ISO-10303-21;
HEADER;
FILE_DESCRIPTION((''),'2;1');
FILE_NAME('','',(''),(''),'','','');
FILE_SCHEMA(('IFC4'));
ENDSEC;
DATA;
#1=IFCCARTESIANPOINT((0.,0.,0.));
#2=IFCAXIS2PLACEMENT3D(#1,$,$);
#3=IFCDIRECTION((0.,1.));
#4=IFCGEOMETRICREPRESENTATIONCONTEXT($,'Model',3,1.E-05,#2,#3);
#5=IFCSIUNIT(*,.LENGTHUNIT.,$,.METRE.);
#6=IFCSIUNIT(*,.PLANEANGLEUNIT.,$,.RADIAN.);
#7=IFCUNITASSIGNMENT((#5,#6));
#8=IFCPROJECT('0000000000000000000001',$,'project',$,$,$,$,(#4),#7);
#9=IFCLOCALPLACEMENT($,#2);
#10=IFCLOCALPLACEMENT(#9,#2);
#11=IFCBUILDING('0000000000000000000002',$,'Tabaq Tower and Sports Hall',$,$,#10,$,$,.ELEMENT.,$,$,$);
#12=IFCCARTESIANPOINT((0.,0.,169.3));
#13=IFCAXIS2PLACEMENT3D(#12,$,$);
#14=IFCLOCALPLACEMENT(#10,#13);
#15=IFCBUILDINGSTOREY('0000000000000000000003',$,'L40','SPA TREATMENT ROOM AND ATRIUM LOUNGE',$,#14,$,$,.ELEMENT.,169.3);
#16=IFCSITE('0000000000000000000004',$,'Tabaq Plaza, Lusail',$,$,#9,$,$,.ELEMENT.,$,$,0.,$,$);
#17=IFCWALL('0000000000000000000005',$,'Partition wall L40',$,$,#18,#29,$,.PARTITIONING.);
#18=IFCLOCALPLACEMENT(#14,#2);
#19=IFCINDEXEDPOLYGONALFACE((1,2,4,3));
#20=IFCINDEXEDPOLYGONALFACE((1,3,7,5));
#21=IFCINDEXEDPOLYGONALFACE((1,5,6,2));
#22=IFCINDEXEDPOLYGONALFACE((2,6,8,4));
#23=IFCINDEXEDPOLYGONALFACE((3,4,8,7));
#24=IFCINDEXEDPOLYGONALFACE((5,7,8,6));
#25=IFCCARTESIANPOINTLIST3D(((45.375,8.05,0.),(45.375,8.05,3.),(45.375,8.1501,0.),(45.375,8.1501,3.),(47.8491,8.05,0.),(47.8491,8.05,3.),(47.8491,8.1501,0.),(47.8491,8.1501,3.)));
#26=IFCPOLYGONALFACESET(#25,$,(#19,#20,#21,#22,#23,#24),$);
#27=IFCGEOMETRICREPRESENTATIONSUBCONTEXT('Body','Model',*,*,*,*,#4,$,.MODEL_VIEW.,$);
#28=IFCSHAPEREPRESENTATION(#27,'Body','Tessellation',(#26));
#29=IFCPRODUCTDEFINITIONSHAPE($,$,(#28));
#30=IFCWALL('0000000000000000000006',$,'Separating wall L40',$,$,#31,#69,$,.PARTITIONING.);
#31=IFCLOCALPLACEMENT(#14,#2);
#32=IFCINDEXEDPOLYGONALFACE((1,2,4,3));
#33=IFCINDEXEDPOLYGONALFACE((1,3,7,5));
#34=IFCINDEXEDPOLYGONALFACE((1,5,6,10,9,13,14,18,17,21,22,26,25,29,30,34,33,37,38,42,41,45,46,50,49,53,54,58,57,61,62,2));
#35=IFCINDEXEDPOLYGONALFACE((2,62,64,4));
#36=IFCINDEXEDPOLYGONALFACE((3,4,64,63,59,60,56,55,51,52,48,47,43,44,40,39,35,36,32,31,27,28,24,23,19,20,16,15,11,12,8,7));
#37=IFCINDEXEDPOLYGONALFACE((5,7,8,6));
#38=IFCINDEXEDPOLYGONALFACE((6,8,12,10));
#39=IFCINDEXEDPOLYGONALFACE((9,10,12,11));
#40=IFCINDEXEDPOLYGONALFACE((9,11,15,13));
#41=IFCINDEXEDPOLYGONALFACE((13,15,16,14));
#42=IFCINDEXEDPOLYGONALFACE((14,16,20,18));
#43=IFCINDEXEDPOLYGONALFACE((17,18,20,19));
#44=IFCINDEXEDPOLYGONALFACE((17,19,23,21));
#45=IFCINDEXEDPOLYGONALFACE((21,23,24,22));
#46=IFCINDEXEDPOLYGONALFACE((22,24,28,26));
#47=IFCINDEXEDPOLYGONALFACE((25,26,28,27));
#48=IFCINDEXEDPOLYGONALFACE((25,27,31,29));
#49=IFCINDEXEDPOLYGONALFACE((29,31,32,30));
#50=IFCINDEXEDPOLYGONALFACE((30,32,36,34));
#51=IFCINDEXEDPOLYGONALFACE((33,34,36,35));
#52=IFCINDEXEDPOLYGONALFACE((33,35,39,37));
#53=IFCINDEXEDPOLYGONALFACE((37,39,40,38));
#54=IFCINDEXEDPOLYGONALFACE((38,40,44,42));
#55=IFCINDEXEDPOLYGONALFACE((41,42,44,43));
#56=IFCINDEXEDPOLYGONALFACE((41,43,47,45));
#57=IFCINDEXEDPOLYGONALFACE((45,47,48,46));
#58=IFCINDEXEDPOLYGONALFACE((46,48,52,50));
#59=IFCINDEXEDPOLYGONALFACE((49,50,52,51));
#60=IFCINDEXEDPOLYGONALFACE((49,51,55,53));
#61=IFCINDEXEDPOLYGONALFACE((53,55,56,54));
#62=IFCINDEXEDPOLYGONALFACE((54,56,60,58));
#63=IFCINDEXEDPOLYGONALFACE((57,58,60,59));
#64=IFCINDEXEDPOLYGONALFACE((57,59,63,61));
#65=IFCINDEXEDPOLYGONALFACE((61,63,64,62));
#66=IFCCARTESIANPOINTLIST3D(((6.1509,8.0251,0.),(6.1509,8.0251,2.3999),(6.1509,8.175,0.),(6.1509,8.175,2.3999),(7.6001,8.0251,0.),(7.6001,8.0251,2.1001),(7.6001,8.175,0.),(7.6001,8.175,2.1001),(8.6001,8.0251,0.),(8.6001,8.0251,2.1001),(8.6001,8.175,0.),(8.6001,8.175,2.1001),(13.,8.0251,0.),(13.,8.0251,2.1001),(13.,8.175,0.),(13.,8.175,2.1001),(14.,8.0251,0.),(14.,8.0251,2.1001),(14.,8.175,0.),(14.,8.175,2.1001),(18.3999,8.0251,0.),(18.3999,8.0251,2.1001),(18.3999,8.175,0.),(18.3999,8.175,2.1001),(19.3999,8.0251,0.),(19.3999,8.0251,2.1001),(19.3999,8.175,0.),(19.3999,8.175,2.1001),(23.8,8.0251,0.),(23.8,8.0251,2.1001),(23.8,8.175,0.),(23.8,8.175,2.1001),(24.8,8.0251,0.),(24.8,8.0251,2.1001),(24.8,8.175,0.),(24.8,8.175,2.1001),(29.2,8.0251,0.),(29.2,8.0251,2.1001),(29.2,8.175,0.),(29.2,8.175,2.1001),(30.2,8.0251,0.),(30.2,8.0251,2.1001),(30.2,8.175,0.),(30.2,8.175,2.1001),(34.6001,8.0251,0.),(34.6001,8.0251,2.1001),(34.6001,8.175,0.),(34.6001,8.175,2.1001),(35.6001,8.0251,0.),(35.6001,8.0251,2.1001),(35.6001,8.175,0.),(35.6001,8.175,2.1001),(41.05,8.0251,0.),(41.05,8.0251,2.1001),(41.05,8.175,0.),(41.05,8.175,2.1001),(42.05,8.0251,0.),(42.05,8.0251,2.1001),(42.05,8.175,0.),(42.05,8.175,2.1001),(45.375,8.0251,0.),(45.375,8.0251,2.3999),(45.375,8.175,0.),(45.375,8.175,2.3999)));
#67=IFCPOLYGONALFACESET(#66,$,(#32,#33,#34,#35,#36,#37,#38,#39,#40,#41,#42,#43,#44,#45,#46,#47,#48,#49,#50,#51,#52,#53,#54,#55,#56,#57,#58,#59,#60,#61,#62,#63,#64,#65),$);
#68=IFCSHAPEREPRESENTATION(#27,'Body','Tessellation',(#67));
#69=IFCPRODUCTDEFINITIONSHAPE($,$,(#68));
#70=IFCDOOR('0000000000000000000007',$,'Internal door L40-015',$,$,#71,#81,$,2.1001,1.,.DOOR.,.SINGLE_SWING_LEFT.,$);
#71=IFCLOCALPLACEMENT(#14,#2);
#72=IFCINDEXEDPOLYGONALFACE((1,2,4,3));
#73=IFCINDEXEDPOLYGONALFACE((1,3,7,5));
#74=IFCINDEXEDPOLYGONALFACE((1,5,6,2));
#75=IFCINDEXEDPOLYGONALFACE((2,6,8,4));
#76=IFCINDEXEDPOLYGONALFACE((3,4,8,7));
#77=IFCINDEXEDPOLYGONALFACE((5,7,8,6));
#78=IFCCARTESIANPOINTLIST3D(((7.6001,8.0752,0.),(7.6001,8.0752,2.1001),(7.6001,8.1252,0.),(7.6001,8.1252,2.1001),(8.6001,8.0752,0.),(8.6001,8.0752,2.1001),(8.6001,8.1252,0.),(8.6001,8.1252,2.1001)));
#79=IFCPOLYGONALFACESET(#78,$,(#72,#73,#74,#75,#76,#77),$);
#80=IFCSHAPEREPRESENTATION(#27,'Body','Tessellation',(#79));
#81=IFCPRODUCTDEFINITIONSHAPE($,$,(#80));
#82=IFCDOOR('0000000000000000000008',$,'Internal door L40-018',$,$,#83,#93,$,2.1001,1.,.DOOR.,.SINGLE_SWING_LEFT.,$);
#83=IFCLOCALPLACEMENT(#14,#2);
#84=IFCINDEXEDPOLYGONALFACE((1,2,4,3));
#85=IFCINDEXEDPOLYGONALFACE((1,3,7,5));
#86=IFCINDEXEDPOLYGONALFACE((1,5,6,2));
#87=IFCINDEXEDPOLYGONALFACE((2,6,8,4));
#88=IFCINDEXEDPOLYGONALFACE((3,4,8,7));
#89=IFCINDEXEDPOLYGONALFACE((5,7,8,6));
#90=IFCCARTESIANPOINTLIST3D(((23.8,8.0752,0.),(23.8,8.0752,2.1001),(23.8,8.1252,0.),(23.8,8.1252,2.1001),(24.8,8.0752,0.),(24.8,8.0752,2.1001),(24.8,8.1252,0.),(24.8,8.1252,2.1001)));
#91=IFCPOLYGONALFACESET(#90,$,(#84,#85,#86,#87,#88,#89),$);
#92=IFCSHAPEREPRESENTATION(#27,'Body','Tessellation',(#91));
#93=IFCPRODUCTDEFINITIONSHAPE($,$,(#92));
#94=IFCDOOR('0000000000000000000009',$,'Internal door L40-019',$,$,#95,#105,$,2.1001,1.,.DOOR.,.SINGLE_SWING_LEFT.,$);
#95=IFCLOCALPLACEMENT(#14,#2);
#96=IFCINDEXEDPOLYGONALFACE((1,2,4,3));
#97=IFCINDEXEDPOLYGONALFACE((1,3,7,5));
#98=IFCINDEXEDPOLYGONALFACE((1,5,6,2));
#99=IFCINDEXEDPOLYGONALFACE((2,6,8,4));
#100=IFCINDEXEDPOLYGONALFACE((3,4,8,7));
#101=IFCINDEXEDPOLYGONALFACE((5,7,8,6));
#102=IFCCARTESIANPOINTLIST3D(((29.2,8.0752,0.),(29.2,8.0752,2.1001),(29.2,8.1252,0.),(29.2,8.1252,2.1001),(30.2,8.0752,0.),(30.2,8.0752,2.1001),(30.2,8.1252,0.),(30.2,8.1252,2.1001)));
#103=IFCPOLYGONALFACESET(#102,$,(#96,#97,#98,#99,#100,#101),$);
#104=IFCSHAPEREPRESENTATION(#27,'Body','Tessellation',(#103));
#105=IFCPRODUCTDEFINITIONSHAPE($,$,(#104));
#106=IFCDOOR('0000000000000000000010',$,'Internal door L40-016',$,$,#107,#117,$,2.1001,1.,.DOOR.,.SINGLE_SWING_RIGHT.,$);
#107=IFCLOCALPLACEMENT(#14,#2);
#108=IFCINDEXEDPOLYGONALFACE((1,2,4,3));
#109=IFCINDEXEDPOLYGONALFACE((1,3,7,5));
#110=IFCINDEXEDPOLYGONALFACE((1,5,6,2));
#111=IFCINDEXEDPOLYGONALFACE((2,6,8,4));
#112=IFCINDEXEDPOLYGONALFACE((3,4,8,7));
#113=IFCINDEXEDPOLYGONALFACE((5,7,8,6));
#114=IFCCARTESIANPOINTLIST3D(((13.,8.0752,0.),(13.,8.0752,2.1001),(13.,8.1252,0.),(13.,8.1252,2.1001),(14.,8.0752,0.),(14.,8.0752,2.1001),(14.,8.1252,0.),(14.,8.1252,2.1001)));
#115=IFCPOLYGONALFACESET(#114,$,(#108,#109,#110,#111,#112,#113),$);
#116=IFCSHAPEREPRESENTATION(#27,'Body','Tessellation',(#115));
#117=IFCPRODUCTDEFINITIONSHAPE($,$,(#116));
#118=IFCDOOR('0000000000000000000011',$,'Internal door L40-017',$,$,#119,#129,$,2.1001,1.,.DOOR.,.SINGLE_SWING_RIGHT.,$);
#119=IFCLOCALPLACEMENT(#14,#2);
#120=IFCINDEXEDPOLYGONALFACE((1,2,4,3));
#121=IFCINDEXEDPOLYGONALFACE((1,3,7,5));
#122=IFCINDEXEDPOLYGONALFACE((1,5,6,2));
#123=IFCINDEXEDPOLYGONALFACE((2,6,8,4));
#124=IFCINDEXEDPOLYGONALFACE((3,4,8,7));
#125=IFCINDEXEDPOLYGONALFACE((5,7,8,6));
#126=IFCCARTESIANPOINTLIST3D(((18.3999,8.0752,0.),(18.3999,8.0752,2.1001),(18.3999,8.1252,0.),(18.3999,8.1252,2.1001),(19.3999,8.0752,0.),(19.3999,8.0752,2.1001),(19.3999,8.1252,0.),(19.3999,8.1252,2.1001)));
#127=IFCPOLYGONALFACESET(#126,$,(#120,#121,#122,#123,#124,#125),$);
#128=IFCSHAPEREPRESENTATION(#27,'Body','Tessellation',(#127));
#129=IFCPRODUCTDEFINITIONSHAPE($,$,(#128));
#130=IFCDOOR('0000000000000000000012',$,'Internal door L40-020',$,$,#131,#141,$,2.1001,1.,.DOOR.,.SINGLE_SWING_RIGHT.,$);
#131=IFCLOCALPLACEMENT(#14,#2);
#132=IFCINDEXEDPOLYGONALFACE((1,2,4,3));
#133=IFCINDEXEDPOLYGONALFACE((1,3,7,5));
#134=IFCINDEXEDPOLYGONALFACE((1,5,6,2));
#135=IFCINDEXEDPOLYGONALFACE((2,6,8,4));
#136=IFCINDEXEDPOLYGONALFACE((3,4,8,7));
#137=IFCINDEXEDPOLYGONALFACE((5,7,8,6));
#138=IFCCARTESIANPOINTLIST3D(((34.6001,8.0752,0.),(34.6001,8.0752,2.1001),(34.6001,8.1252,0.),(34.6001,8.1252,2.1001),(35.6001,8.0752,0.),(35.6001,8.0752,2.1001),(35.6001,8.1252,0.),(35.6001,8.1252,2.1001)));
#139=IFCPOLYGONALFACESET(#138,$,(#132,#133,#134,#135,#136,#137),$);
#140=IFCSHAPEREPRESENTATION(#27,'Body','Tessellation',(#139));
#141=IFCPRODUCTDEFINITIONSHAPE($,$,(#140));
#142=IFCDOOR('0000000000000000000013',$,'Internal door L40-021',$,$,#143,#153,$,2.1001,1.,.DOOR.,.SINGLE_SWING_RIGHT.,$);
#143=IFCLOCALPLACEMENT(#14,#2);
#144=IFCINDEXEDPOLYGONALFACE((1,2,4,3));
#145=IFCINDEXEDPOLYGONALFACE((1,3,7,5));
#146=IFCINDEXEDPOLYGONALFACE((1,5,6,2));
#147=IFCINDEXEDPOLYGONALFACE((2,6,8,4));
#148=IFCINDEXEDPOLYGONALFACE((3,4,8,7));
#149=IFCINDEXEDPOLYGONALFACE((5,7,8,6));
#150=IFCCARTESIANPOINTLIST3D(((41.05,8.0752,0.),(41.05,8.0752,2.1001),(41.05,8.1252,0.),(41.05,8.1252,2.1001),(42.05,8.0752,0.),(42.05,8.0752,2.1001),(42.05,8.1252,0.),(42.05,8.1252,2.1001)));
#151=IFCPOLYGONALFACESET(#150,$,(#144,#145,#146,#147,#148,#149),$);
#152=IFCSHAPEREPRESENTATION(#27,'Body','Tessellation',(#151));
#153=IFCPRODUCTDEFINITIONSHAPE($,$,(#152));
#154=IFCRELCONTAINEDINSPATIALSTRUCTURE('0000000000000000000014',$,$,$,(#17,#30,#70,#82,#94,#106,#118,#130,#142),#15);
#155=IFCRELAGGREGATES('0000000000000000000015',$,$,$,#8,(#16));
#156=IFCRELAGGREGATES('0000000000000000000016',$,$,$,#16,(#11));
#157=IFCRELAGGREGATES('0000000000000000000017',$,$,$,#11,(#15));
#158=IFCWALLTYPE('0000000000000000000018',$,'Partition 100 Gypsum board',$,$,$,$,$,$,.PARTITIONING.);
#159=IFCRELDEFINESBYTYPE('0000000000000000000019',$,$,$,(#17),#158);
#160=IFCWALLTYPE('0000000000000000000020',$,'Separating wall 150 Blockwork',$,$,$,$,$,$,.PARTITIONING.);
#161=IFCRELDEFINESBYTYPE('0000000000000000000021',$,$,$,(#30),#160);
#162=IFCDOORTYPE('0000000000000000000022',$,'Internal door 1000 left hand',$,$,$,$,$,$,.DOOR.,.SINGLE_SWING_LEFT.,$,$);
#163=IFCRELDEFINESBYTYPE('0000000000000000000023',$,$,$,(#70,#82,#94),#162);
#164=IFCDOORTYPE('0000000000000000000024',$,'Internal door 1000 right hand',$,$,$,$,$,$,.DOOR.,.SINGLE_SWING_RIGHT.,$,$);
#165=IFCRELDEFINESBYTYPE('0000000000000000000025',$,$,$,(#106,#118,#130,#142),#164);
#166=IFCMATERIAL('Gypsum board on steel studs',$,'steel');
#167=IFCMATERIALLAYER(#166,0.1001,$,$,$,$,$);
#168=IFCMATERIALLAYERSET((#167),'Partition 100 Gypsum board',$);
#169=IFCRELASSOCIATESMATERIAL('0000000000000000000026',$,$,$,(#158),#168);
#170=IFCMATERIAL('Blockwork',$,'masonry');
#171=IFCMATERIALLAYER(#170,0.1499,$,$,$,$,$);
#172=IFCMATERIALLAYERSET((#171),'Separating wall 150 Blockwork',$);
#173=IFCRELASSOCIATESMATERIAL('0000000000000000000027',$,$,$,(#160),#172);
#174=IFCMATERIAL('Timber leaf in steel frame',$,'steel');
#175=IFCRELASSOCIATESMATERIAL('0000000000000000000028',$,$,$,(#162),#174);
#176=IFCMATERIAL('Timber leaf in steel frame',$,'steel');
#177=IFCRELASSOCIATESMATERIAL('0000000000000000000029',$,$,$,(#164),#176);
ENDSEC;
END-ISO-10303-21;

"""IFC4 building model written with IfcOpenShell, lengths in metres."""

from ifc_helpers import new_model, si_unit, direction, frame, frame_2d, origin, place, context, subcontext, project, spatial, rectangle, extrude, material, layer, layer_set, type_object, element, fill, save


model = new_model("IFC4")

# Units and contexts
model_context = context("Model", 3, precision=1e-05, world=origin(), true_north=direction((0.0, 1.0)))
body_context = subcontext(model_context, "Body", "Model", "MODEL_VIEW")
ifc_project = project(units=[si_unit("LENGTHUNIT", "METRE"), si_unit("PLANEANGLEUNIT", "RADIAN")], contexts=[model_context])

# Site, building, storey
site_placement = place(None, origin())
site = spatial("IfcSite", under=ifc_project, at=site_placement, Name="Tabaq Plaza, Lusail", CompositionType="ELEMENT", RefElevation=0.0)
building_placement = place(site_placement, origin())
building = spatial("IfcBuilding", under=site, at=building_placement, Name="Tabaq Tower and Sports Hall", CompositionType="ELEMENT")
storey_placement = place(building_placement, frame((0.0, 0.0, 169.3)))
storey = spatial("IfcBuildingStorey", under=building, at=storey_placement, Name="L40", Description="SPA TREATMENT ROOM AND ATRIUM LOUNGE", CompositionType="ELEMENT", Elevation=169.3)

# Wall
ifc_material_1 = material(Name="Gypsum board on steel studs", Category="steel")
ifc_layer_1 = layer(ifc_material_1, 0.1001)
ifc_layer_set_1 = layer_set([ifc_layer_1], Name="Partition 100 Gypsum board")
wall_type_1 = type_object("IfcWallType", Name="Partition 100 Gypsum board", PredefinedType="PARTITIONING", material=ifc_layer_set_1)
wall_1_placement = place(storey_placement, frame((45.375, 8.1001, 0.0), z_axis=(0.0, 0.0, 1.0), x_axis=(1.0, 0.0, 0.0)))
element("IfcWall", 1, at=wall_1_placement, inside=storey, type_object=wall_type_1, Name="Partition wall L40", PredefinedType="PARTITIONING", context=body_context, shape_type="SweptSolid", body=[
    extrude(rectangle(XDim=2.4741, YDim=0.1001, at=frame_2d((1.2371, 0.0))), origin(), (0.0, 0.0, 1.0), 3.0),
])

# Wall, openings, doors
ifc_material_2 = material(Name="Blockwork", Category="masonry")
ifc_layer_2 = layer(ifc_material_2, 0.1499)
ifc_layer_set_2 = layer_set([ifc_layer_2], Name="Separating wall 150 Blockwork")
wall_type_2 = type_object("IfcWallType", Name="Separating wall 150 Blockwork", PredefinedType="PARTITIONING", material=ifc_layer_set_2)
wall_2_placement = place(storey_placement, frame((45.375, 8.1001, 0.0), z_axis=(0.0, 0.0, 1.0), x_axis=(-1.0, 0.0, 0.0)))
wall_2 = element("IfcWall", 2, at=wall_2_placement, inside=storey, type_object=wall_type_2, Name="Separating wall L40", PredefinedType="PARTITIONING", context=body_context, shape_type="SweptSolid", body=[
    extrude(rectangle(XDim=39.2241, YDim=0.1499, at=frame_2d((19.6121, 0.0))), origin(), (0.0, 0.0, 1.0), 2.3999),
])
opening_1_placement = place(wall_2_placement, frame((36.7749, 0.0, 0.0)))
opening_1 = element("IfcOpeningElement", 3, at=opening_1_placement, cuts=wall_2, PredefinedType="OPENING", context=body_context, shape_type="SweptSolid", body=[
    extrude(rectangle(XDim=1.0, YDim=2.1001, at=frame_2d((0.5, 1.05))), frame((0.0, 0.075, 0.0), z_axis=(0.0, -1.0, 0.0), x_axis=(1.0, 0.0, 0.0)), (0.0, 0.0, 1.0), 0.1499),
])
opening_2_placement = place(wall_2_placement, frame((31.375, 0.0, 0.0)))
opening_2 = element("IfcOpeningElement", 4, at=opening_2_placement, cuts=wall_2, PredefinedType="OPENING", context=body_context, shape_type="SweptSolid", body=[
    extrude(rectangle(XDim=1.0, YDim=2.1001, at=frame_2d((0.5, 1.05))), frame((0.0, 0.075, 0.0), z_axis=(0.0, -1.0, 0.0), x_axis=(1.0, 0.0, 0.0)), (0.0, 0.0, 1.0), 0.1499),
])
opening_3_placement = place(wall_2_placement, frame((25.9751, 0.0, 0.0)))
opening_3 = element("IfcOpeningElement", 5, at=opening_3_placement, cuts=wall_2, PredefinedType="OPENING", context=body_context, shape_type="SweptSolid", body=[
    extrude(rectangle(XDim=1.0, YDim=2.1001, at=frame_2d((0.5, 1.05))), frame((0.0, 0.075, 0.0), z_axis=(0.0, -1.0, 0.0), x_axis=(1.0, 0.0, 0.0)), (0.0, 0.0, 1.0), 0.1499),
])
opening_4_placement = place(wall_2_placement, frame((20.575, 0.0, 0.0)))
opening_4 = element("IfcOpeningElement", 6, at=opening_4_placement, cuts=wall_2, PredefinedType="OPENING", context=body_context, shape_type="SweptSolid", body=[
    extrude(rectangle(XDim=1.0, YDim=2.1001, at=frame_2d((0.5, 1.05))), frame((0.0, 0.075, 0.0), z_axis=(0.0, -1.0, 0.0), x_axis=(1.0, 0.0, 0.0)), (0.0, 0.0, 1.0), 0.1499),
])
opening_5_placement = place(wall_2_placement, frame((15.175, 0.0, 0.0)))
opening_5 = element("IfcOpeningElement", 7, at=opening_5_placement, cuts=wall_2, PredefinedType="OPENING", context=body_context, shape_type="SweptSolid", body=[
    extrude(rectangle(XDim=1.0, YDim=2.1001, at=frame_2d((0.5, 1.05))), frame((0.0, 0.075, 0.0), z_axis=(0.0, -1.0, 0.0), x_axis=(1.0, 0.0, 0.0)), (0.0, 0.0, 1.0), 0.1499),
])
opening_6_placement = place(wall_2_placement, frame((9.7749, 0.0, 0.0)))
opening_6 = element("IfcOpeningElement", 8, at=opening_6_placement, cuts=wall_2, PredefinedType="OPENING", context=body_context, shape_type="SweptSolid", body=[
    extrude(rectangle(XDim=1.0, YDim=2.1001, at=frame_2d((0.5, 1.05))), frame((0.0, 0.075, 0.0), z_axis=(0.0, -1.0, 0.0), x_axis=(1.0, 0.0, 0.0)), (0.0, 0.0, 1.0), 0.1499),
])
opening_7_placement = place(wall_2_placement, frame((3.325, 0.0, 0.0)))
opening_7 = element("IfcOpeningElement", 9, at=opening_7_placement, cuts=wall_2, PredefinedType="OPENING", context=body_context, shape_type="SweptSolid", body=[
    extrude(rectangle(XDim=1.0, YDim=2.1001, at=frame_2d((0.5, 1.05))), frame((0.0, 0.075, 0.0), z_axis=(0.0, -1.0, 0.0), x_axis=(1.0, 0.0, 0.0)), (0.0, 0.0, 1.0), 0.1499),
])
ifc_material_3 = material(Name="Timber leaf in steel frame", Category="steel")
door_type_1 = type_object("IfcDoorType", Name="Internal door 1000 left hand", OperationType="SINGLE_SWING_LEFT", PredefinedType="DOOR", material=ifc_material_3)
door_1_placement = place(opening_1_placement, origin())
door_1 = element("IfcDoor", 10, at=door_1_placement, inside=storey, type_object=door_type_1, Name="Internal door L40-015", OperationType="SINGLE_SWING_LEFT", OverallHeight=2.1001, OverallWidth=1.0, PredefinedType="DOOR", context=body_context, shape_type="SweptSolid", body=[
    extrude(rectangle(XDim=1.0, YDim=2.1001, at=frame_2d((0.5, 1.05))), frame((0.0, 0.0249, 0.0), z_axis=(0.0, -1.0, 0.0), x_axis=(1.0, 0.0, 0.0)), (0.0, 0.0, 1.0), 0.05),
])
fill(opening_1, door_1)
door_2_placement = place(opening_4_placement, origin())
door_2 = element("IfcDoor", 11, at=door_2_placement, inside=storey, type_object=door_type_1, Name="Internal door L40-018", OperationType="SINGLE_SWING_LEFT", OverallHeight=2.1001, OverallWidth=1.0, PredefinedType="DOOR", context=body_context, shape_type="SweptSolid", body=[
    extrude(rectangle(XDim=1.0, YDim=2.1001, at=frame_2d((0.5, 1.05))), frame((0.0, 0.0249, 0.0), z_axis=(0.0, -1.0, 0.0), x_axis=(1.0, 0.0, 0.0)), (0.0, 0.0, 1.0), 0.05),
])
fill(opening_4, door_2)
door_3_placement = place(opening_5_placement, origin())
door_3 = element("IfcDoor", 12, at=door_3_placement, inside=storey, type_object=door_type_1, Name="Internal door L40-019", OperationType="SINGLE_SWING_LEFT", OverallHeight=2.1001, OverallWidth=1.0, PredefinedType="DOOR", context=body_context, shape_type="SweptSolid", body=[
    extrude(rectangle(XDim=1.0, YDim=2.1001, at=frame_2d((0.5, 1.05))), frame((0.0, 0.0249, 0.0), z_axis=(0.0, -1.0, 0.0), x_axis=(1.0, 0.0, 0.0)), (0.0, 0.0, 1.0), 0.05),
])
fill(opening_5, door_3)
ifc_material_4 = material(Name="Timber leaf in steel frame", Category="steel")
door_type_2 = type_object("IfcDoorType", Name="Internal door 1000 right hand", OperationType="SINGLE_SWING_RIGHT", PredefinedType="DOOR", material=ifc_material_4)
door_4_placement = place(opening_2_placement, origin())
door_4 = element("IfcDoor", 13, at=door_4_placement, inside=storey, type_object=door_type_2, Name="Internal door L40-016", OperationType="SINGLE_SWING_RIGHT", OverallHeight=2.1001, OverallWidth=1.0, PredefinedType="DOOR", context=body_context, shape_type="SweptSolid", body=[
    extrude(rectangle(XDim=1.0, YDim=2.1001, at=frame_2d((0.5, 1.05))), frame((0.0, 0.0249, 0.0), z_axis=(0.0, -1.0, 0.0), x_axis=(1.0, 0.0, 0.0)), (0.0, 0.0, 1.0), 0.05),
])
fill(opening_2, door_4)
door_5_placement = place(opening_3_placement, origin())
door_5 = element("IfcDoor", 14, at=door_5_placement, inside=storey, type_object=door_type_2, Name="Internal door L40-017", OperationType="SINGLE_SWING_RIGHT", OverallHeight=2.1001, OverallWidth=1.0, PredefinedType="DOOR", context=body_context, shape_type="SweptSolid", body=[
    extrude(rectangle(XDim=1.0, YDim=2.1001, at=frame_2d((0.5, 1.05))), frame((0.0, 0.0249, 0.0), z_axis=(0.0, -1.0, 0.0), x_axis=(1.0, 0.0, 0.0)), (0.0, 0.0, 1.0), 0.05),
])
fill(opening_3, door_5)
door_6_placement = place(opening_6_placement, origin())
door_6 = element("IfcDoor", 15, at=door_6_placement, inside=storey, type_object=door_type_2, Name="Internal door L40-020", OperationType="SINGLE_SWING_RIGHT", OverallHeight=2.1001, OverallWidth=1.0, PredefinedType="DOOR", context=body_context, shape_type="SweptSolid", body=[
    extrude(rectangle(XDim=1.0, YDim=2.1001, at=frame_2d((0.5, 1.05))), frame((0.0, 0.0249, 0.0), z_axis=(0.0, -1.0, 0.0), x_axis=(1.0, 0.0, 0.0)), (0.0, 0.0, 1.0), 0.05),
])
fill(opening_6, door_6)
door_7_placement = place(opening_7_placement, origin())
door_7 = element("IfcDoor", 16, at=door_7_placement, inside=storey, type_object=door_type_2, Name="Internal door L40-021", OperationType="SINGLE_SWING_RIGHT", OverallHeight=2.1001, OverallWidth=1.0, PredefinedType="DOOR", context=body_context, shape_type="SweptSolid", body=[
    extrude(rectangle(XDim=1.0, YDim=2.1001, at=frame_2d((0.5, 1.05))), frame((0.0, 0.0249, 0.0), z_axis=(0.0, -1.0, 0.0), x_axis=(1.0, 0.0, 0.0)), (0.0, 0.0, 1.0), 0.05),
])
fill(opening_7, door_7)

save(model, "model.ifc")
